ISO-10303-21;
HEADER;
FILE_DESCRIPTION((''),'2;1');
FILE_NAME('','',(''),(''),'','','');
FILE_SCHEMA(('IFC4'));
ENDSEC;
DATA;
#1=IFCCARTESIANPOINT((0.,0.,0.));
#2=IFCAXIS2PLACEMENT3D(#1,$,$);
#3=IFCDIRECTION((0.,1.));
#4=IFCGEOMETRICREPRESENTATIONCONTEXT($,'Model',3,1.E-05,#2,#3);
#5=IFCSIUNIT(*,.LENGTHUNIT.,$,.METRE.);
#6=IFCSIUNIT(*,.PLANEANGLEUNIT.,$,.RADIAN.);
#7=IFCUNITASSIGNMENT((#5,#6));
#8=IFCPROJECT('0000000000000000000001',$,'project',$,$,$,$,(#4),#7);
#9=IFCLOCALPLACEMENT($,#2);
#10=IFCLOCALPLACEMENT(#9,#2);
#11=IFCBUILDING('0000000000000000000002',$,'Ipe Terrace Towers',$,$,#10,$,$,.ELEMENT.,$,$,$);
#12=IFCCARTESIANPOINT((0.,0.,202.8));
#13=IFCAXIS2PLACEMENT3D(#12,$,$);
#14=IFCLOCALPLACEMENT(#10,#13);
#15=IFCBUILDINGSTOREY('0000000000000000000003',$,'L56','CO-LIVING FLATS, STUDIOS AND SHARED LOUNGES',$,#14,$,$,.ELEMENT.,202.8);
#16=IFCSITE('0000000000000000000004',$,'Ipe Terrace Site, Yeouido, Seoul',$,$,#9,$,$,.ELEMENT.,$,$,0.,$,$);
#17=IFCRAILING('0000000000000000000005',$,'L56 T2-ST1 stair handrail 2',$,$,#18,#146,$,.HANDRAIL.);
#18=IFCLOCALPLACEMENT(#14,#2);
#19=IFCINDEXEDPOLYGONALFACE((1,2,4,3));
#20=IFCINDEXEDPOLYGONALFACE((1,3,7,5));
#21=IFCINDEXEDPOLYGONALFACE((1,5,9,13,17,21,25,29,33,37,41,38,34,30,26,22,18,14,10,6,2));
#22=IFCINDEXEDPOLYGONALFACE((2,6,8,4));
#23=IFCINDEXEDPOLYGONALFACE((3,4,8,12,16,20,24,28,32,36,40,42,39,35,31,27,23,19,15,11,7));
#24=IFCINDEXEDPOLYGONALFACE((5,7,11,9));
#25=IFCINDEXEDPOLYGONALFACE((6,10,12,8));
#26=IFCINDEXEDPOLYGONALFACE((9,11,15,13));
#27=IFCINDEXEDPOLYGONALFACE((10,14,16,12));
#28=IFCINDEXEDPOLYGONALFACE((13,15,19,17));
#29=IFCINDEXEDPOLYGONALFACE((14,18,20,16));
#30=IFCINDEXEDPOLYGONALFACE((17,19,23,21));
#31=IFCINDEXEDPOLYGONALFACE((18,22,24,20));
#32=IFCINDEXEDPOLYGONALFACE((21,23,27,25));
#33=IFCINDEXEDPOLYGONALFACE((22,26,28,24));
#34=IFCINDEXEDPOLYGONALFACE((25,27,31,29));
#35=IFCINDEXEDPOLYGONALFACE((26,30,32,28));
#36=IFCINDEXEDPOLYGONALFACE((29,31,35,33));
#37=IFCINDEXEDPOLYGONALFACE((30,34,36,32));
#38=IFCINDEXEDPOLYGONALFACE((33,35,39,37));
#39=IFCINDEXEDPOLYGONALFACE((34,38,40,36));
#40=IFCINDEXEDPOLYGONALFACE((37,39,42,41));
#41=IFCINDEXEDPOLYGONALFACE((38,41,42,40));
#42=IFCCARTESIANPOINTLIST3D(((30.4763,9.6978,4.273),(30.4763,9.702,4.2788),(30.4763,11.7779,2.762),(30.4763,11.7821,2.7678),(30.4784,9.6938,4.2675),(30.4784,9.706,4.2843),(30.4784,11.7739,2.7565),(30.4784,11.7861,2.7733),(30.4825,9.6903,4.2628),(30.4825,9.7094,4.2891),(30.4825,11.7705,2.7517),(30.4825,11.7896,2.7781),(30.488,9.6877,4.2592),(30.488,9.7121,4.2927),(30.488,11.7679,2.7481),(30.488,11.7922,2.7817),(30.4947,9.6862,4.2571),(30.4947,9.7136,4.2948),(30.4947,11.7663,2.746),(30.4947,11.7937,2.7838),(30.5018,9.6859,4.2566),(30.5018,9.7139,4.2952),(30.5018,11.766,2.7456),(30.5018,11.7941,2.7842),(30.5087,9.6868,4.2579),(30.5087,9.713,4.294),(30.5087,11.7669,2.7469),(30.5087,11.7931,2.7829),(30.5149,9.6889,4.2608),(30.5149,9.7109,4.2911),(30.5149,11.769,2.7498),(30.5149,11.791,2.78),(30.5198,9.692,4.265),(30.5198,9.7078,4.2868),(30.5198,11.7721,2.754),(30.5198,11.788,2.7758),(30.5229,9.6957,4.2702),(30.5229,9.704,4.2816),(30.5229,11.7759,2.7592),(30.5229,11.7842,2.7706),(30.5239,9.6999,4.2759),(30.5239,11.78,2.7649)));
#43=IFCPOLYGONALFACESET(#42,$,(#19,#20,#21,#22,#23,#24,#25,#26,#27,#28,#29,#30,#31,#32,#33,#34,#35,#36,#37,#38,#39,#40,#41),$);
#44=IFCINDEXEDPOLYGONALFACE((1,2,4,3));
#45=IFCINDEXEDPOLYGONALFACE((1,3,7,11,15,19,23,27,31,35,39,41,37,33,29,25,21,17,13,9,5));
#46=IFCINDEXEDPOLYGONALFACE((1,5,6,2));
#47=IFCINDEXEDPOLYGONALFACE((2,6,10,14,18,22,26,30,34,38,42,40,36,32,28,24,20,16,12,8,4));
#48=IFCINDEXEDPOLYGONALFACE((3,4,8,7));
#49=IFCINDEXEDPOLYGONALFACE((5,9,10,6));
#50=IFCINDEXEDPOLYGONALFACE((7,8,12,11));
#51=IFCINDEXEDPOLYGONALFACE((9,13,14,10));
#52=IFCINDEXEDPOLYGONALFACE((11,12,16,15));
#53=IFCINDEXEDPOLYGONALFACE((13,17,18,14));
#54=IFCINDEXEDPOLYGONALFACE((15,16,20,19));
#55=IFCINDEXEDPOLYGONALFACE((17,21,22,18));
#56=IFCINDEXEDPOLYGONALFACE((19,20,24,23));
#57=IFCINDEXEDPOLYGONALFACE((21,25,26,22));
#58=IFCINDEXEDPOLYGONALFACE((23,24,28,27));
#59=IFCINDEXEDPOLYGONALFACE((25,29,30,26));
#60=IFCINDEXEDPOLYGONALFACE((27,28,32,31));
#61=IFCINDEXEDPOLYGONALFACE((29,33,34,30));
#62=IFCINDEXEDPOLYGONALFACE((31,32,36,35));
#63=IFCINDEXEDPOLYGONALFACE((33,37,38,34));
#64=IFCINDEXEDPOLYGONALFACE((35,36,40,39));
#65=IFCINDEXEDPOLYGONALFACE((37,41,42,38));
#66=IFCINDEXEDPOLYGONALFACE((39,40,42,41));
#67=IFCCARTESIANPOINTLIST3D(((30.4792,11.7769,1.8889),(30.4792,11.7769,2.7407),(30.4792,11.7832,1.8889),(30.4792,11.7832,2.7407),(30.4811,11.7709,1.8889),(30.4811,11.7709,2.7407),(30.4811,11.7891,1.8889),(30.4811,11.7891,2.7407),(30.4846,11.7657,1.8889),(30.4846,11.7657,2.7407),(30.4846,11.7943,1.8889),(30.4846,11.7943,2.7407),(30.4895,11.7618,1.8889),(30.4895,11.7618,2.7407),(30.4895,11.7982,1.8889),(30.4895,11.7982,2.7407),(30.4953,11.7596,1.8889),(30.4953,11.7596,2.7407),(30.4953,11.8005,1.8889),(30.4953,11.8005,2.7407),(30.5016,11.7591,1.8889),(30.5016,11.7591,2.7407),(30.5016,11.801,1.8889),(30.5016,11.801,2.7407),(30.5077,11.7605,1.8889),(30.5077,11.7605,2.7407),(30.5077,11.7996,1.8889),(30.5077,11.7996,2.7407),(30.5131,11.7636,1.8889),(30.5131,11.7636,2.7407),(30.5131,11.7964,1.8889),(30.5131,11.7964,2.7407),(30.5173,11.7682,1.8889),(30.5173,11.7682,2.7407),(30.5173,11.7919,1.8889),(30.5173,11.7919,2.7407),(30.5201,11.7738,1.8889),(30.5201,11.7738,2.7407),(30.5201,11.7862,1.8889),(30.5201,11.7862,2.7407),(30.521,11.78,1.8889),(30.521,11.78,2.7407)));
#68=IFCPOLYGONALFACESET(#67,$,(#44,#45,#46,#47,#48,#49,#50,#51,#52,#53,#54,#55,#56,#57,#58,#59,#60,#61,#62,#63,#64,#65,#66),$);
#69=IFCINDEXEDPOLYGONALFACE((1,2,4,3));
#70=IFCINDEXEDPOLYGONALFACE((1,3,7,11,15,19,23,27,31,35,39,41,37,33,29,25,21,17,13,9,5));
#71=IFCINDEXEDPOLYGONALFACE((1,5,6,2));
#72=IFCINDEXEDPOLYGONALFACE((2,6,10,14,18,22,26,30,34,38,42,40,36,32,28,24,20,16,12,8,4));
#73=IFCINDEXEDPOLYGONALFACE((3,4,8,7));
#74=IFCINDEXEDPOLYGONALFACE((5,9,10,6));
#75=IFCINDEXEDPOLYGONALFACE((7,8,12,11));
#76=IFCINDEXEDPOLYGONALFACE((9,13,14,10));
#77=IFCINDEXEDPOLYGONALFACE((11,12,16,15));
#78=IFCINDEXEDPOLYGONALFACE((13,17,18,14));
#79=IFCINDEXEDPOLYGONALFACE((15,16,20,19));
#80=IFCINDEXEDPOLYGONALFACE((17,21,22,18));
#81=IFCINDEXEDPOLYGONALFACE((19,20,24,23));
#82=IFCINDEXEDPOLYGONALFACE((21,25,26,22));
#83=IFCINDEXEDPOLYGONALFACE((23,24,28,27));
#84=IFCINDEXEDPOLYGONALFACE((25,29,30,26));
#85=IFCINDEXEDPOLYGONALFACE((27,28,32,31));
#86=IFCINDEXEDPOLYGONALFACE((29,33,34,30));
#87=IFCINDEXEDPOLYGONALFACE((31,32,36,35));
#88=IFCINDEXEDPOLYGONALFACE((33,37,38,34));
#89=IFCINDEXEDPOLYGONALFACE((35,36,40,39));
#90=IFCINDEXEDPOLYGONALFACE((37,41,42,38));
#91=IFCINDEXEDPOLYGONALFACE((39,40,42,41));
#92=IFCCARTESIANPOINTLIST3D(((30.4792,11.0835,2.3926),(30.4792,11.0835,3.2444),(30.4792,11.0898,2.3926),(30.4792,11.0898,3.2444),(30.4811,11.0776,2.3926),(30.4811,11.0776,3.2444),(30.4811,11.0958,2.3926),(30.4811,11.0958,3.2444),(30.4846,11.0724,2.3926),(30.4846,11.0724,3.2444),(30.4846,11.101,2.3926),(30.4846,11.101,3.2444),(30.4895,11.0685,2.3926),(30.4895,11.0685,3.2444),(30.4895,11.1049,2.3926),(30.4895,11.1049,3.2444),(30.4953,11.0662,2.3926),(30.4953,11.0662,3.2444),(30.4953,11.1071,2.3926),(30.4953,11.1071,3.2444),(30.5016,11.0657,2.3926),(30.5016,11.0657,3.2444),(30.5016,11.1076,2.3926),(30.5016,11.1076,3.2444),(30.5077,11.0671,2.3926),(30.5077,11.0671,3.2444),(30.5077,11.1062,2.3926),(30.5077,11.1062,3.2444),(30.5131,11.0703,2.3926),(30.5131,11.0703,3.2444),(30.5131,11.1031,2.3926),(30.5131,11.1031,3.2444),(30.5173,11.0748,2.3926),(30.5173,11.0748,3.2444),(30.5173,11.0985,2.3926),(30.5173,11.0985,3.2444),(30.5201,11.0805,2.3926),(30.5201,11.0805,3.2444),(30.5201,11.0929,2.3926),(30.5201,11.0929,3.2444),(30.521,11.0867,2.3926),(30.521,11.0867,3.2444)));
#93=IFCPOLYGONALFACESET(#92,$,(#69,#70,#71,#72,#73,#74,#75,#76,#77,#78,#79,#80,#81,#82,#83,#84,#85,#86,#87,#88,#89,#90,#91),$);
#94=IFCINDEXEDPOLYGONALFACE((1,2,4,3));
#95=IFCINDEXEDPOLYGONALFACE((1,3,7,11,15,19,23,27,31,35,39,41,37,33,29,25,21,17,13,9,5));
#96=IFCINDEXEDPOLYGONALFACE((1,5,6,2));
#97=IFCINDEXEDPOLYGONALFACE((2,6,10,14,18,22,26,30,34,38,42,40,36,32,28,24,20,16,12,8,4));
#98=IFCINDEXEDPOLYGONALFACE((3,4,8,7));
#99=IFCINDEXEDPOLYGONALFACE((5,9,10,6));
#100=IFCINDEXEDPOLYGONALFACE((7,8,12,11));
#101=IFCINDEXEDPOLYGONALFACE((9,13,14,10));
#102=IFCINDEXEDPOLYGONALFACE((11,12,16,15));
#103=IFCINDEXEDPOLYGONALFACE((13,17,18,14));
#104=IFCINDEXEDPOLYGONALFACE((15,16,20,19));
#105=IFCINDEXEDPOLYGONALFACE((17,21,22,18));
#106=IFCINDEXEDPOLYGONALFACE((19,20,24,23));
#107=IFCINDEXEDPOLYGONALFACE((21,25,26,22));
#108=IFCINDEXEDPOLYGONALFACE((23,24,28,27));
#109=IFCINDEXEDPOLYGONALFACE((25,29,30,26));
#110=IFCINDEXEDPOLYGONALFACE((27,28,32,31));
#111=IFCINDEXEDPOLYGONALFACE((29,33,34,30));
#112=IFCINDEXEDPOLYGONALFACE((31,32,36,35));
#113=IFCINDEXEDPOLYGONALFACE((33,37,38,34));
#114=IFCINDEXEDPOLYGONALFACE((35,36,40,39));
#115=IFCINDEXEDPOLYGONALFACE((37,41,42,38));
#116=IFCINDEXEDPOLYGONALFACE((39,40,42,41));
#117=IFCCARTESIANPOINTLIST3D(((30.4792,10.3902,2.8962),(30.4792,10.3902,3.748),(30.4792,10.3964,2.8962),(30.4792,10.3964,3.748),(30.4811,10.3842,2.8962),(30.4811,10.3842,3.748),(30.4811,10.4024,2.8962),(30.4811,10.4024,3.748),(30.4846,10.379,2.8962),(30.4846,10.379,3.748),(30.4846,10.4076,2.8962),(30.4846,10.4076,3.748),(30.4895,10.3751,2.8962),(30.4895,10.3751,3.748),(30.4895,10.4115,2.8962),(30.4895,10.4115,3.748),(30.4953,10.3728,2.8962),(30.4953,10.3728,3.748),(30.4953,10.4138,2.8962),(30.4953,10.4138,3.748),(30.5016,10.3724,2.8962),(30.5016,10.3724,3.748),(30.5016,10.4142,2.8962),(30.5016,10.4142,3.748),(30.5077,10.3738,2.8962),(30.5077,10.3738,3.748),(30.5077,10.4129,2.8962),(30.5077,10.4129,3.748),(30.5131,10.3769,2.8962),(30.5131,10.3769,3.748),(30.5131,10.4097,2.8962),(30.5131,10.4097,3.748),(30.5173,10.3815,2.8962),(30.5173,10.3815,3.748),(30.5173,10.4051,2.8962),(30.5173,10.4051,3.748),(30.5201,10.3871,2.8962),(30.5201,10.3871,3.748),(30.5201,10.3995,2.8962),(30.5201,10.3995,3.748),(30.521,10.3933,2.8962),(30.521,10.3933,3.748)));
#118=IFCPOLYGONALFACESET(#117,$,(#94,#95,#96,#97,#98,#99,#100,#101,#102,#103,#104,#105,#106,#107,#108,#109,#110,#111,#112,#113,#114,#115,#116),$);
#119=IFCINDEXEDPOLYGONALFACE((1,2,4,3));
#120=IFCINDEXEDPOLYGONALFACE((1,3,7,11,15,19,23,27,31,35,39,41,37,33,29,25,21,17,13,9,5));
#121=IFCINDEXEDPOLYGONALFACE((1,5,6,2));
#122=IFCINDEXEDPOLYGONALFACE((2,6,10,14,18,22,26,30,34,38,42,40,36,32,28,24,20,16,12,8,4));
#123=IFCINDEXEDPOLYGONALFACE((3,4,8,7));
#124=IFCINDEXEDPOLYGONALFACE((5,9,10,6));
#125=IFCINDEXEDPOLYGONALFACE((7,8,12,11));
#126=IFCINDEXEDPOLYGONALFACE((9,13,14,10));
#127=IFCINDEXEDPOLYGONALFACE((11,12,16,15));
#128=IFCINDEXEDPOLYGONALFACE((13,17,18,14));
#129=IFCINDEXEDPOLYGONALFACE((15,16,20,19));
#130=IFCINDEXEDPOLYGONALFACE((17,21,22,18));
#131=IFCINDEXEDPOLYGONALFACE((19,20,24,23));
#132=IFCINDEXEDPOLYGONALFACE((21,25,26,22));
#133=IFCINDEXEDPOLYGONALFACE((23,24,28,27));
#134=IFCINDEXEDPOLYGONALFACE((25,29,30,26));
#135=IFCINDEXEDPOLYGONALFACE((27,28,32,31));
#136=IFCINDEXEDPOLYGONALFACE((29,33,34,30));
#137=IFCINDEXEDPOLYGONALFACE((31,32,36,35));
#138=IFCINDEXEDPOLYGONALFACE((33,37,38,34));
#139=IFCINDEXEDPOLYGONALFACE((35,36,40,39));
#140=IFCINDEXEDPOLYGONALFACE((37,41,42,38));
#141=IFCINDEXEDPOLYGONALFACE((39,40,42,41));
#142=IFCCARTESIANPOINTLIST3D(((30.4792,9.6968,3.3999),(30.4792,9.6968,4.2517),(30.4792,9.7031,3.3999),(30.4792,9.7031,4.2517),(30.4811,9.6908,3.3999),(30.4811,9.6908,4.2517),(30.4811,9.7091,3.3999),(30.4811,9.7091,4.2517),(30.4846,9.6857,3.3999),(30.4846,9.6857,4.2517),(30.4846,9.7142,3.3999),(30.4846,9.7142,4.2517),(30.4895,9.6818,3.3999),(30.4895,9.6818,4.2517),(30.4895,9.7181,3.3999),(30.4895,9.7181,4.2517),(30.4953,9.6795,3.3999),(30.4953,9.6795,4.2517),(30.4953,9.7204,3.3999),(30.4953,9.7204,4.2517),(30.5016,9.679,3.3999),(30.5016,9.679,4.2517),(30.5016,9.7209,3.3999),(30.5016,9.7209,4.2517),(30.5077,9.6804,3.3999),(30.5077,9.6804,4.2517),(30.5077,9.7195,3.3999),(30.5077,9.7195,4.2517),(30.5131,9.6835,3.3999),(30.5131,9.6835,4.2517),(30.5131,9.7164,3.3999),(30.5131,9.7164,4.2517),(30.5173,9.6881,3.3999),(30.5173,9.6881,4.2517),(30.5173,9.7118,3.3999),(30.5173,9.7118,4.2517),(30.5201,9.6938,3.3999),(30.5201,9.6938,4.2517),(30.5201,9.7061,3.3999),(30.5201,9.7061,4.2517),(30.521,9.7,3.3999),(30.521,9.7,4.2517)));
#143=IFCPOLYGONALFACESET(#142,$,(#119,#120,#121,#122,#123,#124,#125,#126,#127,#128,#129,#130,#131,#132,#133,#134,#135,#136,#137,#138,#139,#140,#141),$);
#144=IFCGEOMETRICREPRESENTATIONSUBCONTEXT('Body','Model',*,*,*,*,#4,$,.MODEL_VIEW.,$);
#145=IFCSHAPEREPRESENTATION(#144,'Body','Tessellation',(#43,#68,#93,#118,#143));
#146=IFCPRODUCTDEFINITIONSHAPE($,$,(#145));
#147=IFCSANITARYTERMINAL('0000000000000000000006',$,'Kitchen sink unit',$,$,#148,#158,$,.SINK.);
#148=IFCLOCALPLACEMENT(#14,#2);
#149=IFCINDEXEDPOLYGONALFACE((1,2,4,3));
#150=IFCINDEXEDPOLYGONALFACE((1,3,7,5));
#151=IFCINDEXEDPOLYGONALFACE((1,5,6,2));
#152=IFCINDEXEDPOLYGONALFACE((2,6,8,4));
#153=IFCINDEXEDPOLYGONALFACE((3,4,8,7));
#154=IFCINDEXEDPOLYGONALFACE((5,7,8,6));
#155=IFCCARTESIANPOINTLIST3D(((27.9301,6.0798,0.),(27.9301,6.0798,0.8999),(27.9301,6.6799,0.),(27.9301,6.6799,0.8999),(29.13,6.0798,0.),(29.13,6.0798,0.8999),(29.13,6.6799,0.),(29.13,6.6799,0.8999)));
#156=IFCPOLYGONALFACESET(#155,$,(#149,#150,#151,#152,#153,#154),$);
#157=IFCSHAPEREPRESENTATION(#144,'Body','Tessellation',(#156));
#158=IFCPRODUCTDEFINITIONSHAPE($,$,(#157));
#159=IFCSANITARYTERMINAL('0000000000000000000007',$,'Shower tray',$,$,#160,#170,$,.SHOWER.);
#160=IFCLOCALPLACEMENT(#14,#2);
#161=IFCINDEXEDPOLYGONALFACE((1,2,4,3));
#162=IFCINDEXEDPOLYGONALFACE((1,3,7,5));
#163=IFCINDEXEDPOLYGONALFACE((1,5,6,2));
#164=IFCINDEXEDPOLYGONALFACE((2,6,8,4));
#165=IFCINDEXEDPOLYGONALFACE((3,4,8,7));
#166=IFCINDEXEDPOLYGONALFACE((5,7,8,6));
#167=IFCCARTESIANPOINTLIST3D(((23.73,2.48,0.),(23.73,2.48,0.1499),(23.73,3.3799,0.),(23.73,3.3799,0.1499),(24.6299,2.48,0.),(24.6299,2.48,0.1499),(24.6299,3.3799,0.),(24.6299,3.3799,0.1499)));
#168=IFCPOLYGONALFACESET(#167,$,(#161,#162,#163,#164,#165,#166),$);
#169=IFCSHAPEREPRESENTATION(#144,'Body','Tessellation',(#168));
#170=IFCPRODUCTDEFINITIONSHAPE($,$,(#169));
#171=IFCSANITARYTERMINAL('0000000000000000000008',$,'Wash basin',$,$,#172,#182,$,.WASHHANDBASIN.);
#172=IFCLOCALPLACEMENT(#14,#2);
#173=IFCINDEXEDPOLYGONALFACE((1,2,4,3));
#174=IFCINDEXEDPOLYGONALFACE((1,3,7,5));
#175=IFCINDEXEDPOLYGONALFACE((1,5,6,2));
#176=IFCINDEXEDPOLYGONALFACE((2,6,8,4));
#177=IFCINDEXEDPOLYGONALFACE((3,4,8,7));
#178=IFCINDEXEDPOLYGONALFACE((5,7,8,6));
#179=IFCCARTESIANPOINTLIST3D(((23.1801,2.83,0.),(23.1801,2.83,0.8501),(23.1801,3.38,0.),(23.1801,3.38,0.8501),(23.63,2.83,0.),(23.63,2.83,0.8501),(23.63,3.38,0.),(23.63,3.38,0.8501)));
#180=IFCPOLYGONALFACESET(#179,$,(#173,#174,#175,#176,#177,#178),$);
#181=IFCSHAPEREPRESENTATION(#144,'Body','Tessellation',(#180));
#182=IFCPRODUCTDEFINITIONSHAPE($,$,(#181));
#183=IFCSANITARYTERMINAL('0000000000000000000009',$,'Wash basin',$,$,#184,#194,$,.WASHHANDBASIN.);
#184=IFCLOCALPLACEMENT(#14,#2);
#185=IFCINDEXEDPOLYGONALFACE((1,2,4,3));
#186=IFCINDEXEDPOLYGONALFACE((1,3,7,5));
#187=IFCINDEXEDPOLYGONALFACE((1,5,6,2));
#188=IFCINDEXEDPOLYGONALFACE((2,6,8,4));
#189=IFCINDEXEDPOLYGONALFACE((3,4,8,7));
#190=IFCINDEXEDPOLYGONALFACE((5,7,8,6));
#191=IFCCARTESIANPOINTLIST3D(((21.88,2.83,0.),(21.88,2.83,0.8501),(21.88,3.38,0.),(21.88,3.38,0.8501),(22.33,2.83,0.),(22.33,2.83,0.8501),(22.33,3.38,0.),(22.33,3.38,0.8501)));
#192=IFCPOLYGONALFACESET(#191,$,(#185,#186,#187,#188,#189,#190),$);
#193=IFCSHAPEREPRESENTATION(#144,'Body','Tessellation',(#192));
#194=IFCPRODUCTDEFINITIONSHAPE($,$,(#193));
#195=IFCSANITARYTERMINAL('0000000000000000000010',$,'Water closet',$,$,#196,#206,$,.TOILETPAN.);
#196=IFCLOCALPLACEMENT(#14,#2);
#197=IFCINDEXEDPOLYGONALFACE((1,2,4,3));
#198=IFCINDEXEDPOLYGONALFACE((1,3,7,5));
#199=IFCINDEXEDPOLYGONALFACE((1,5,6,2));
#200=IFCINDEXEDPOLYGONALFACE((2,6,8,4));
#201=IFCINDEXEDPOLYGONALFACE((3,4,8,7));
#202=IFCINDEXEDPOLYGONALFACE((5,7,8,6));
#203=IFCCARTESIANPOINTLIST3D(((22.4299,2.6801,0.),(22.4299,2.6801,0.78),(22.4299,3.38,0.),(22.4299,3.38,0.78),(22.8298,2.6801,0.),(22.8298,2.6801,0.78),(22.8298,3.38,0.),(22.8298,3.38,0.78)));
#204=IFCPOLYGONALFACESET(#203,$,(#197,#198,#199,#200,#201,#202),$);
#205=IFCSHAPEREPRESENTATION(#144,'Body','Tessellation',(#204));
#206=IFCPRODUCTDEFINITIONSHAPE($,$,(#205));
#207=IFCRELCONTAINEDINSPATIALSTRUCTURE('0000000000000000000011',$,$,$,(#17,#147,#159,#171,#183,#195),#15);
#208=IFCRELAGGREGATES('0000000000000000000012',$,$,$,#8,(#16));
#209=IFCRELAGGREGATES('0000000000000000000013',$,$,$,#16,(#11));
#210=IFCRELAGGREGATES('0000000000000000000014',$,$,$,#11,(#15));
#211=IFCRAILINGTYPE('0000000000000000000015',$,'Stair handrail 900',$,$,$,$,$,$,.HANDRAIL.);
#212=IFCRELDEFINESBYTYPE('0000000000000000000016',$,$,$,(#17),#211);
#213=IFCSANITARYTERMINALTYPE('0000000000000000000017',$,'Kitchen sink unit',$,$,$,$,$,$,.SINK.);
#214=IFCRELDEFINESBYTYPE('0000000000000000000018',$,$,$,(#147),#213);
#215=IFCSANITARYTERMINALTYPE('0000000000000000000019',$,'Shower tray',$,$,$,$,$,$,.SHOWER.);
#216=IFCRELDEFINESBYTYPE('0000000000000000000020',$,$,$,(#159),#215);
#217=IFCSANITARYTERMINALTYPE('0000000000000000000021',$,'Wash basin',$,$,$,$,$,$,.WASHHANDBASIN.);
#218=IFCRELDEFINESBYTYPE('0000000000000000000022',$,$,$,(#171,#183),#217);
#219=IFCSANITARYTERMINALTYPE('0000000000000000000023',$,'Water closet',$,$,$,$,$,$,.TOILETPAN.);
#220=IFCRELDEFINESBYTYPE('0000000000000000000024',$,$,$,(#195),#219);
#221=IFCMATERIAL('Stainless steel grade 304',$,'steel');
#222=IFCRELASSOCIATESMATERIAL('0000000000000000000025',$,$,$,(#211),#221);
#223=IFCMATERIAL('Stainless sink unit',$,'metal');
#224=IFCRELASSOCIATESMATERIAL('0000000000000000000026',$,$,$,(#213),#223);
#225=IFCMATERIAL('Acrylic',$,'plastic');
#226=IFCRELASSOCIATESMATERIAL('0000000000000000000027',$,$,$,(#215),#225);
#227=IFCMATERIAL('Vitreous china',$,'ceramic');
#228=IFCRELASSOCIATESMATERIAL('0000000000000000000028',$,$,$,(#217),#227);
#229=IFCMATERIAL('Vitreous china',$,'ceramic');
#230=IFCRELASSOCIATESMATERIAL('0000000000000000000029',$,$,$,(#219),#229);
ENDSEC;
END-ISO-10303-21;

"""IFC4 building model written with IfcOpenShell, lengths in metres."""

from ifc_helpers import new_model, si_unit, direction, frame, origin, origin_2d, place, context, subcontext, project, spatial, rectangle, circle, extrude, material, type_object, element, save


model = new_model("IFC4")

# Units and contexts
model_context = context("Model", 3, precision=1e-05, world=origin(), true_north=direction((0.0, 1.0)))
body_context = subcontext(model_context, "Body", "Model", "MODEL_VIEW")
ifc_project = project(units=[si_unit("LENGTHUNIT", "METRE"), si_unit("PLANEANGLEUNIT", "RADIAN")], contexts=[model_context])

# Site, building, storey
site_placement = place(None, origin())
site = spatial("IfcSite", under=ifc_project, at=site_placement, Name="Ipe Terrace Site, Yeouido, Seoul", CompositionType="ELEMENT", RefElevation=0.0)
building_placement = place(site_placement, origin())
building = spatial("IfcBuilding", under=site, at=building_placement, Name="Ipe Terrace Towers", CompositionType="ELEMENT")
storey_placement = place(building_placement, frame((0.0, 0.0, 202.8)))
storey = spatial("IfcBuildingStorey", under=building, at=storey_placement, Name="L56", Description="CO-LIVING FLATS, STUDIOS AND SHARED LOUNGES", CompositionType="ELEMENT", Elevation=202.8)

# Railing
ifc_material_1 = material(Name="Stainless steel grade 304", Category="steel")
railing_type = type_object("IfcRailingType", Name="Stair handrail 900", PredefinedType="HANDRAIL", material=ifc_material_1)
railing_placement = place(storey_placement, frame((30.5, 11.78, 1.8889)))
element("IfcRailing", 1, at=railing_placement, inside=storey, type_object=railing_type, Name="L56 T2-ST1 stair handrail 2", PredefinedType="HANDRAIL", context=body_context, shape_type="SweptSolid", body=[
    extrude(circle(Radius=0.0239, at=origin_2d()), frame((0.0, 0.0, 0.876), z_axis=(0.0, -0.809069, 0.587714), x_axis=(1.0, 0.0, 0.0)), (0.0, 0.0, 1.0), 2.571),
    extrude(circle(Radius=0.021, at=origin_2d()), origin(), (0.0, 0.0, 1.0), 0.8518),
    extrude(circle(Radius=0.021, at=origin_2d()), frame((0.0, -0.6934, 0.5037)), (0.0, 0.0, 1.0), 0.8518),
    extrude(circle(Radius=0.021, at=origin_2d()), frame((0.0, -1.3867, 1.0073)), (0.0, 0.0, 1.0), 0.8518),
    extrude(circle(Radius=0.021, at=origin_2d()), frame((0.0, -2.0801, 1.511)), (0.0, 0.0, 1.0), 0.8518),
])

# Sanitary terminals
ifc_material_2 = material(Name="Stainless sink unit", Category="metal")
sanitary_terminal_type_1 = type_object("IfcSanitaryTerminalType", Name="Kitchen sink unit", PredefinedType="SINK", material=ifc_material_2)
sanitary_terminal_1_placement = place(storey_placement, frame((28.53, 6.3799, 0.0), z_axis=(0.0, 0.0, 1.0), x_axis=(1.0, 0.0, 0.0)))
element("IfcSanitaryTerminal", 2, at=sanitary_terminal_1_placement, inside=storey, type_object=sanitary_terminal_type_1, Name="Kitchen sink unit", PredefinedType="SINK", context=body_context, shape_type="SweptSolid", body=[
    extrude(rectangle(XDim=1.2, YDim=0.6001, at=origin_2d()), origin(), (0.0, 0.0, 1.0), 0.8999),
])
ifc_material_3 = material(Name="Acrylic", Category="plastic")
sanitary_terminal_type_2 = type_object("IfcSanitaryTerminalType", Name="Shower tray", PredefinedType="SHOWER", material=ifc_material_3)
sanitary_terminal_2_placement = place(storey_placement, frame((24.1799, 2.9299, 0.0), z_axis=(0.0, 0.0, 1.0), x_axis=(0.0, -1.0, 0.0)))
element("IfcSanitaryTerminal", 3, at=sanitary_terminal_2_placement, inside=storey, type_object=sanitary_terminal_type_2, Name="Shower tray", PredefinedType="SHOWER", context=body_context, shape_type="SweptSolid", body=[
    extrude(rectangle(XDim=0.8999, YDim=0.8999, at=origin_2d()), origin(), (0.0, 0.0, 1.0), 0.1499),
])
ifc_material_4 = material(Name="Vitreous china", Category="ceramic")
sanitary_terminal_type_3 = type_object("IfcSanitaryTerminalType", Name="Wash basin", PredefinedType="WASHHANDBASIN", material=ifc_material_4)
for number, where, z_axis, x_axis, name in (
    (4, (23.405, 3.105, 0.0), (0.0, 0.0, 1.0), (0.0, -1.0, 0.0), "Wash basin"),
    (5, (22.105, 3.105, 0.0), (0.0, 0.0, 1.0), (0.0, -1.0, 0.0), "Wash basin"),
):
    element("IfcSanitaryTerminal", number, at=place(storey_placement, frame(where, z_axis=z_axis, x_axis=x_axis)), inside=storey, type_object=sanitary_terminal_type_3, Name=name, PredefinedType="WASHHANDBASIN", context=body_context, shape_type="SweptSolid", body=[
        extrude(rectangle(XDim=0.55, YDim=0.45, at=origin_2d()), origin(), (0.0, 0.0, 1.0), 0.8501),
    ])
ifc_material_5 = material(Name="Vitreous china", Category="ceramic")
sanitary_terminal_type_4 = type_object("IfcSanitaryTerminalType", Name="Water closet", PredefinedType="TOILETPAN", material=ifc_material_5)
sanitary_terminal_3_placement = place(storey_placement, frame((22.6299, 3.03, 0.0), z_axis=(0.0, 0.0, 1.0), x_axis=(0.0, -1.0, 0.0)))
element("IfcSanitaryTerminal", 6, at=sanitary_terminal_3_placement, inside=storey, type_object=sanitary_terminal_type_4, Name="Water closet", PredefinedType="TOILETPAN", context=body_context, shape_type="SweptSolid", body=[
    extrude(rectangle(XDim=0.7, YDim=0.3999, at=origin_2d()), origin(), (0.0, 0.0, 1.0), 0.78),
])

save(model, "model.ifc")
